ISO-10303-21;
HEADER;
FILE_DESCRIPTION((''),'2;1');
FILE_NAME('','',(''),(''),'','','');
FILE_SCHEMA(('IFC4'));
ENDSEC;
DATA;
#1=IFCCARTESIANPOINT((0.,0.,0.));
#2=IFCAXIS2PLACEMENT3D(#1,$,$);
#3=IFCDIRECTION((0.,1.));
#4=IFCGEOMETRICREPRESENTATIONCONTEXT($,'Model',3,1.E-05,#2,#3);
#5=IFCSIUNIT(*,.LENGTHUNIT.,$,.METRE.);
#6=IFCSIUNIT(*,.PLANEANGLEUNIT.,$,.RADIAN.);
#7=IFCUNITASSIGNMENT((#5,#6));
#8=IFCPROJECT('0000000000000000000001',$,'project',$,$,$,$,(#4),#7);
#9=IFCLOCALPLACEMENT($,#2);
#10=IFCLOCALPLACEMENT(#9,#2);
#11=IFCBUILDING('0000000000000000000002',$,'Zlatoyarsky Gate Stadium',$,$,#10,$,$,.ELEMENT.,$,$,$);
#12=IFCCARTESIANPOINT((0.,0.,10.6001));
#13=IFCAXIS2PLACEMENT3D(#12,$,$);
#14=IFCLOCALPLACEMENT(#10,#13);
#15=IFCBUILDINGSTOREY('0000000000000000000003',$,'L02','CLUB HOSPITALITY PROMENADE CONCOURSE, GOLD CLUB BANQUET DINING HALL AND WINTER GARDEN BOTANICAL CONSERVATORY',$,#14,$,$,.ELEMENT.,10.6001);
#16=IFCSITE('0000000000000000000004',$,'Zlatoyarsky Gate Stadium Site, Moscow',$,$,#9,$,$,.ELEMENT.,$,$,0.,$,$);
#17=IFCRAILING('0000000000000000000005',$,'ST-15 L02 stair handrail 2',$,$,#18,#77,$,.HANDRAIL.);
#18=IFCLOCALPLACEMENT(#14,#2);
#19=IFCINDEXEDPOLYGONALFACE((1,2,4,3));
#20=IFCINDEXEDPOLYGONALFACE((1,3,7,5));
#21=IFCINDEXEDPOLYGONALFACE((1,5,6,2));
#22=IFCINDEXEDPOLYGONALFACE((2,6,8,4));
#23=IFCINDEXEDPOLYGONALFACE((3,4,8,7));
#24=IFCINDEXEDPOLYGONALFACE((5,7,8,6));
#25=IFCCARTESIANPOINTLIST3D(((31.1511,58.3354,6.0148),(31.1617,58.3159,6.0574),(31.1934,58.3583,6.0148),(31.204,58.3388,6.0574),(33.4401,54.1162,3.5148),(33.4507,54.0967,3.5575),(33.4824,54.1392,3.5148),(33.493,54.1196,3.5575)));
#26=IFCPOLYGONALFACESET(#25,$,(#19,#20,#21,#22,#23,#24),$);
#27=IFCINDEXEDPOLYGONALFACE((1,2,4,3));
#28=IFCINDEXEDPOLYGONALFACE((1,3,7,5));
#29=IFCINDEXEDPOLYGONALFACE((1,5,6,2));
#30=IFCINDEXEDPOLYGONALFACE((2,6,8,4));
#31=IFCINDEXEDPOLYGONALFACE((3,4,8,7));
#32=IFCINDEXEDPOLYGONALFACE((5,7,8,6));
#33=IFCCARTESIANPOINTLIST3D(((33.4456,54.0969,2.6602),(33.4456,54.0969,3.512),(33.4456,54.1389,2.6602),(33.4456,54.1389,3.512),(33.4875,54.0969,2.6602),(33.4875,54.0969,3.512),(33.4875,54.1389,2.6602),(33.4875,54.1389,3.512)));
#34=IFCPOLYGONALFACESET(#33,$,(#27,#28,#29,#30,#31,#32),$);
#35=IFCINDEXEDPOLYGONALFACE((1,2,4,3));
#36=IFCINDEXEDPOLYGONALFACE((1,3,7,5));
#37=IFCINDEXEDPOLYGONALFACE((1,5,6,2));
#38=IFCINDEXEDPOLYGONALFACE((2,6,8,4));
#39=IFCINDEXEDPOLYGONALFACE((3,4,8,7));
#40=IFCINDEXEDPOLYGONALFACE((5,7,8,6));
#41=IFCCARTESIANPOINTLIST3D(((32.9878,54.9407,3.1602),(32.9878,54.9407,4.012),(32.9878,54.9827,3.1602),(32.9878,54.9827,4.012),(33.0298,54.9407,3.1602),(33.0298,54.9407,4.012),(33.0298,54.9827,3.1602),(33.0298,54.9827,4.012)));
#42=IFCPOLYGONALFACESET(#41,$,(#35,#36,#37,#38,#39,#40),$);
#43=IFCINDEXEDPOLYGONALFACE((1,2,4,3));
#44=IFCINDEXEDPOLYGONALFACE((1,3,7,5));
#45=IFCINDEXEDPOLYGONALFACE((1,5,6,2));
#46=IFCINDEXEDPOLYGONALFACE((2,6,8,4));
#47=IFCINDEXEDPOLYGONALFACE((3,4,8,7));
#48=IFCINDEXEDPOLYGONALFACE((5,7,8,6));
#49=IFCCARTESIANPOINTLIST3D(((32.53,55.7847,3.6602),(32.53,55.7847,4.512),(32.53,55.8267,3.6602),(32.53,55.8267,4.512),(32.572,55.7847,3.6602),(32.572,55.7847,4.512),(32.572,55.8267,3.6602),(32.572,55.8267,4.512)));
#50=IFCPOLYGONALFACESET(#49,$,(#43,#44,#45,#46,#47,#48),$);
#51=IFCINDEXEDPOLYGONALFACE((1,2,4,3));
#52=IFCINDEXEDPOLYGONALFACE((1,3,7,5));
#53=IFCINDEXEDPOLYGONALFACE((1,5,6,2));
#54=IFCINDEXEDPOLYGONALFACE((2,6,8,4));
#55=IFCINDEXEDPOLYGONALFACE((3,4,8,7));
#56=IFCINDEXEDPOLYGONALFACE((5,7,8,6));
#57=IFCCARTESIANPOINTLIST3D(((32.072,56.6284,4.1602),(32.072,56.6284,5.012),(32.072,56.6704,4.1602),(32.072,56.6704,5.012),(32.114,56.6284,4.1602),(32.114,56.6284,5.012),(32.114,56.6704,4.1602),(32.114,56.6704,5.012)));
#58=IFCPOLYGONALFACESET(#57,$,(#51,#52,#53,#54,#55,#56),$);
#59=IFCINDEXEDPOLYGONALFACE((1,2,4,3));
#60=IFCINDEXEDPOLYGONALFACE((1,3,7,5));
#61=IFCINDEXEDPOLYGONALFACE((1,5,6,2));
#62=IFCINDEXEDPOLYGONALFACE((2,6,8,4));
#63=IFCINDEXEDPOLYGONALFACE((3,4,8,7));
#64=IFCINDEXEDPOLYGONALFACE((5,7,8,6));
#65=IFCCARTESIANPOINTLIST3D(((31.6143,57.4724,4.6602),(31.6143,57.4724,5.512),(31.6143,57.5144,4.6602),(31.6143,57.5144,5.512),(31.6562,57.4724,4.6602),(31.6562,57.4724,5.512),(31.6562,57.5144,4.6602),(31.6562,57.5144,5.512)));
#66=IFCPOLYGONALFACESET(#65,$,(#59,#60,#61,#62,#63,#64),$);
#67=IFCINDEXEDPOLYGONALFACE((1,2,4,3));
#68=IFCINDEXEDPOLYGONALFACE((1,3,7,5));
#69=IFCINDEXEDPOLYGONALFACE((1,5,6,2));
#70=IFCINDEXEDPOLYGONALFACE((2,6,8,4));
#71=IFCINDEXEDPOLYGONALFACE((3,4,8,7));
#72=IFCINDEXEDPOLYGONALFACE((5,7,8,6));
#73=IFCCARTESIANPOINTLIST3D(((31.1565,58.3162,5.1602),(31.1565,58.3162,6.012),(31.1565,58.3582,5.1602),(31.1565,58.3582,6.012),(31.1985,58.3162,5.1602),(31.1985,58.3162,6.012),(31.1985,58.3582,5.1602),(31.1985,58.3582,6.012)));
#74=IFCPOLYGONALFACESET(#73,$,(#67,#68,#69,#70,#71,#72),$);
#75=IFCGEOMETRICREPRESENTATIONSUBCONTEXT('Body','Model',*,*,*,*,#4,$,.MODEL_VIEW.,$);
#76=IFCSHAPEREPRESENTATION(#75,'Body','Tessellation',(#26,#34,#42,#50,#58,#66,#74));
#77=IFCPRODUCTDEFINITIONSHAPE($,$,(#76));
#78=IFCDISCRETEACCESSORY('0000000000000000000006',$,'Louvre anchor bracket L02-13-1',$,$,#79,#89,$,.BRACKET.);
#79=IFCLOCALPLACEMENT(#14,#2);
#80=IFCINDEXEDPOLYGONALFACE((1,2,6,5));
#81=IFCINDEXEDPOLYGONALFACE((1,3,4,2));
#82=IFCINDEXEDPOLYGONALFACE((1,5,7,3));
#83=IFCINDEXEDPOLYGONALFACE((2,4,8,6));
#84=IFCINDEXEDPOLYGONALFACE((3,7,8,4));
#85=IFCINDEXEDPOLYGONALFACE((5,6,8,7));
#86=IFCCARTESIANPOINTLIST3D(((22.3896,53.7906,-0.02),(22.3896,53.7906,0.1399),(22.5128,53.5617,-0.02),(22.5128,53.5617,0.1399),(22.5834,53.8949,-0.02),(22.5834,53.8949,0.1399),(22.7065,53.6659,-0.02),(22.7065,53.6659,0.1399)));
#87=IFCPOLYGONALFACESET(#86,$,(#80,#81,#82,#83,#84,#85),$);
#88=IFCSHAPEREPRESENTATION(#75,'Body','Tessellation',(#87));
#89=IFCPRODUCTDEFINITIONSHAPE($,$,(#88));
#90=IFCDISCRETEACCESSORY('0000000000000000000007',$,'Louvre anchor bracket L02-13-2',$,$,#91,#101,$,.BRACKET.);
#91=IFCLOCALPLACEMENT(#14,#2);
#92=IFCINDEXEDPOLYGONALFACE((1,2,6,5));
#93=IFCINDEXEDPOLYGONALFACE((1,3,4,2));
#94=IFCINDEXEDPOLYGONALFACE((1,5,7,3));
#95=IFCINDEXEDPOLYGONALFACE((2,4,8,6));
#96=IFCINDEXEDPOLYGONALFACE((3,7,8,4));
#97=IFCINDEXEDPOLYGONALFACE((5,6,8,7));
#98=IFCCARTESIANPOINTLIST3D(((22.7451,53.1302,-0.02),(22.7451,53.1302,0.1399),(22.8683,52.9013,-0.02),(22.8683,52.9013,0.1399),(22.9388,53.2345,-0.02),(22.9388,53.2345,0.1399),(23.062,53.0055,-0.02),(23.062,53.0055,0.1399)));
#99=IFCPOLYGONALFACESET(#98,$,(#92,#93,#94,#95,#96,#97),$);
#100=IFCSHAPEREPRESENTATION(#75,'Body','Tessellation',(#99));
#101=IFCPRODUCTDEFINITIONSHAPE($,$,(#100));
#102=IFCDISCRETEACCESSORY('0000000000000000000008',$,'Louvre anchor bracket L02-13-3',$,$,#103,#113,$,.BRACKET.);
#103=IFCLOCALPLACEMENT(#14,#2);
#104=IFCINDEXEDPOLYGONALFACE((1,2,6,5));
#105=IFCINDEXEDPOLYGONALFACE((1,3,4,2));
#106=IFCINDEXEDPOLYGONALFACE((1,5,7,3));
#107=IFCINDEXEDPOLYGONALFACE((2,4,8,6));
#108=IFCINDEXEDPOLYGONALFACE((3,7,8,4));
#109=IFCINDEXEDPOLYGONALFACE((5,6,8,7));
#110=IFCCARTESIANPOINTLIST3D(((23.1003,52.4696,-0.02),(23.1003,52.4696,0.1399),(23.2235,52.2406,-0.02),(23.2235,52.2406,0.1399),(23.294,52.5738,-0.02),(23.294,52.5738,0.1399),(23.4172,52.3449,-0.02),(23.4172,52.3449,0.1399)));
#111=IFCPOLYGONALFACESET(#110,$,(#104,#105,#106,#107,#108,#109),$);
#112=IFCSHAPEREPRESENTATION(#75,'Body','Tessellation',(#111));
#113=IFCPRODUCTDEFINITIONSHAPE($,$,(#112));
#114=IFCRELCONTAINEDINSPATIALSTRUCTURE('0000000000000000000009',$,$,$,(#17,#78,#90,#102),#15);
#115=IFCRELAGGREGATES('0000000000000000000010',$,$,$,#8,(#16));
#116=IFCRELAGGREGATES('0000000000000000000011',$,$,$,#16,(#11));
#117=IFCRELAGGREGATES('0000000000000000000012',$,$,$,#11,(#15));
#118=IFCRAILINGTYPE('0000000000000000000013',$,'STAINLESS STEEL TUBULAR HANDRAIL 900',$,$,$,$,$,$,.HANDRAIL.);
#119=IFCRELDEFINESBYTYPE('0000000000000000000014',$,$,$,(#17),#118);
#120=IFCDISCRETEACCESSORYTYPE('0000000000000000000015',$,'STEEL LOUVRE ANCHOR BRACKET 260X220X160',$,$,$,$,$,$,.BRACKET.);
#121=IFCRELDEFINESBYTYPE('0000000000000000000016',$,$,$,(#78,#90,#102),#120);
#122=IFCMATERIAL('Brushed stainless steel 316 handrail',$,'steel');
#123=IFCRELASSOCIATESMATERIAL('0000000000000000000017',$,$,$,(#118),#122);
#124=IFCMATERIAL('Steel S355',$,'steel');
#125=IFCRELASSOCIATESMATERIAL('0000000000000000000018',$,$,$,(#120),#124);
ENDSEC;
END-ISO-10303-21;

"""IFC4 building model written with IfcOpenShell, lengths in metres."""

from ifc_helpers import new_model, si_unit, direction, frame, origin, origin_2d, place, context, subcontext, project, spatial, rectangle, extrude, material, type_object, element, save


model = new_model("IFC4")

# Units and contexts
model_context = context("Model", 3, precision=1e-05, world=origin(), true_north=direction((0.0, 1.0)))
body_context = subcontext(model_context, "Body", "Model", "MODEL_VIEW")
ifc_project = project(units=[si_unit("LENGTHUNIT", "METRE"), si_unit("PLANEANGLEUNIT", "RADIAN")], contexts=[model_context])

# Site, building, storey
site_placement = place(None, origin())
site = spatial("IfcSite", under=ifc_project, at=site_placement, Name="Zlatoyarsky Gate Stadium Site, Moscow", CompositionType="ELEMENT", RefElevation=0.0)
building_placement = place(site_placement, origin())
building = spatial("IfcBuilding", under=site, at=building_placement, Name="Zlatoyarsky Gate Stadium", CompositionType="ELEMENT")
storey_placement = place(building_placement, frame((0.0, 0.0, 10.6001)))
storey = spatial("IfcBuildingStorey", under=building, at=storey_placement, Name="L02", Description="CLUB HOSPITALITY PROMENADE CONCOURSE, GOLD CLUB BANQUET DINING HALL AND WINTER GARDEN BOTANICAL CONSERVATORY", CompositionType="ELEMENT", Elevation=10.6001)

# Shared definitions
ifc_material_1 = material(Name="Steel S355", Category="steel")

# Railing
ifc_material_2 = material(Name="Brushed stainless steel 316 handrail", Category="steel")
railing_type_1 = type_object("IfcRailingType", Name="STAINLESS STEEL TUBULAR HANDRAIL 900", PredefinedType="HANDRAIL", material=ifc_material_2)
railing_1_placement = place(storey_placement, frame((33.4666, 54.1179, 2.6602)))
element("IfcRailing", 1, at=railing_1_placement, inside=storey, type_object=railing_type_1, Name="ST-15 L02 stair handrail 2", PredefinedType="HANDRAIL", context=body_context, shape_type="SweptSolid", body=[
    extrude(rectangle(XDim=0.0481, YDim=0.0481, at=origin_2d()), frame((0.0, 0.0, 0.876), z_axis=(-0.422946, 0.779581, 0.46192), x_axis=(-0.878974, -0.47687, 0.0)), (0.0, 0.0, 1.0), 5.4121),
    extrude(rectangle(XDim=0.042, YDim=0.042, at=origin_2d()), origin(), (0.0, 0.0, 1.0), 0.8518),
    extrude(rectangle(XDim=0.042, YDim=0.042, at=origin_2d()), frame((-0.4578, 0.8438, 0.5)), (0.0, 0.0, 1.0), 0.8518),
    extrude(rectangle(XDim=0.042, YDim=0.042, at=origin_2d()), frame((-0.9155, 1.6877, 1.0)), (0.0, 0.0, 1.0), 0.8518),
    extrude(rectangle(XDim=0.042, YDim=0.042, at=origin_2d()), frame((-1.3735, 2.5315, 1.5)), (0.0, 0.0, 1.0), 0.8518),
    extrude(rectangle(XDim=0.042, YDim=0.042, at=origin_2d()), frame((-1.8313, 3.3755, 2.0)), (0.0, 0.0, 1.0), 0.8518),
    extrude(rectangle(XDim=0.042, YDim=0.042, at=origin_2d()), frame((-2.2891, 4.2192, 2.5)), (0.0, 0.0, 1.0), 0.8518),
])

# Discrete accessories
discrete_accessory_type = type_object("IfcDiscreteAccessoryType", Name="STEEL LOUVRE ANCHOR BRACKET 260X220X160", PredefinedType="BRACKET", material=ifc_material_1)
for number, where, z_axis, x_axis, name in (
    (2, (22.5481, 53.7283, -0.02), (0.0, 0.0, 1.0), (0.473806, -0.880629, 0.0), "Louvre anchor bracket L02-13-1"),
    (3, (22.9036, 53.0679, -0.02), (0.0, 0.0, 1.0), (0.473806, -0.880629, 0.0), "Louvre anchor bracket L02-13-2"),
    (4, (23.2588, 52.4072, -0.02), (0.0, 0.0, 1.0), (0.473806, -0.880629, 0.0), "Louvre anchor bracket L02-13-3"),
):
    element("IfcDiscreteAccessory", number, at=place(storey_placement, frame(where, z_axis=z_axis, x_axis=x_axis)), inside=storey, type_object=discrete_accessory_type, Name=name, PredefinedType="BRACKET", context=body_context, shape_type="SweptSolid", body=[
        extrude(rectangle(XDim=0.26, YDim=0.22, at=origin_2d()), origin(), (0.0, 0.0, 1.0), 0.1599),
    ])

save(model, "model.ifc")
